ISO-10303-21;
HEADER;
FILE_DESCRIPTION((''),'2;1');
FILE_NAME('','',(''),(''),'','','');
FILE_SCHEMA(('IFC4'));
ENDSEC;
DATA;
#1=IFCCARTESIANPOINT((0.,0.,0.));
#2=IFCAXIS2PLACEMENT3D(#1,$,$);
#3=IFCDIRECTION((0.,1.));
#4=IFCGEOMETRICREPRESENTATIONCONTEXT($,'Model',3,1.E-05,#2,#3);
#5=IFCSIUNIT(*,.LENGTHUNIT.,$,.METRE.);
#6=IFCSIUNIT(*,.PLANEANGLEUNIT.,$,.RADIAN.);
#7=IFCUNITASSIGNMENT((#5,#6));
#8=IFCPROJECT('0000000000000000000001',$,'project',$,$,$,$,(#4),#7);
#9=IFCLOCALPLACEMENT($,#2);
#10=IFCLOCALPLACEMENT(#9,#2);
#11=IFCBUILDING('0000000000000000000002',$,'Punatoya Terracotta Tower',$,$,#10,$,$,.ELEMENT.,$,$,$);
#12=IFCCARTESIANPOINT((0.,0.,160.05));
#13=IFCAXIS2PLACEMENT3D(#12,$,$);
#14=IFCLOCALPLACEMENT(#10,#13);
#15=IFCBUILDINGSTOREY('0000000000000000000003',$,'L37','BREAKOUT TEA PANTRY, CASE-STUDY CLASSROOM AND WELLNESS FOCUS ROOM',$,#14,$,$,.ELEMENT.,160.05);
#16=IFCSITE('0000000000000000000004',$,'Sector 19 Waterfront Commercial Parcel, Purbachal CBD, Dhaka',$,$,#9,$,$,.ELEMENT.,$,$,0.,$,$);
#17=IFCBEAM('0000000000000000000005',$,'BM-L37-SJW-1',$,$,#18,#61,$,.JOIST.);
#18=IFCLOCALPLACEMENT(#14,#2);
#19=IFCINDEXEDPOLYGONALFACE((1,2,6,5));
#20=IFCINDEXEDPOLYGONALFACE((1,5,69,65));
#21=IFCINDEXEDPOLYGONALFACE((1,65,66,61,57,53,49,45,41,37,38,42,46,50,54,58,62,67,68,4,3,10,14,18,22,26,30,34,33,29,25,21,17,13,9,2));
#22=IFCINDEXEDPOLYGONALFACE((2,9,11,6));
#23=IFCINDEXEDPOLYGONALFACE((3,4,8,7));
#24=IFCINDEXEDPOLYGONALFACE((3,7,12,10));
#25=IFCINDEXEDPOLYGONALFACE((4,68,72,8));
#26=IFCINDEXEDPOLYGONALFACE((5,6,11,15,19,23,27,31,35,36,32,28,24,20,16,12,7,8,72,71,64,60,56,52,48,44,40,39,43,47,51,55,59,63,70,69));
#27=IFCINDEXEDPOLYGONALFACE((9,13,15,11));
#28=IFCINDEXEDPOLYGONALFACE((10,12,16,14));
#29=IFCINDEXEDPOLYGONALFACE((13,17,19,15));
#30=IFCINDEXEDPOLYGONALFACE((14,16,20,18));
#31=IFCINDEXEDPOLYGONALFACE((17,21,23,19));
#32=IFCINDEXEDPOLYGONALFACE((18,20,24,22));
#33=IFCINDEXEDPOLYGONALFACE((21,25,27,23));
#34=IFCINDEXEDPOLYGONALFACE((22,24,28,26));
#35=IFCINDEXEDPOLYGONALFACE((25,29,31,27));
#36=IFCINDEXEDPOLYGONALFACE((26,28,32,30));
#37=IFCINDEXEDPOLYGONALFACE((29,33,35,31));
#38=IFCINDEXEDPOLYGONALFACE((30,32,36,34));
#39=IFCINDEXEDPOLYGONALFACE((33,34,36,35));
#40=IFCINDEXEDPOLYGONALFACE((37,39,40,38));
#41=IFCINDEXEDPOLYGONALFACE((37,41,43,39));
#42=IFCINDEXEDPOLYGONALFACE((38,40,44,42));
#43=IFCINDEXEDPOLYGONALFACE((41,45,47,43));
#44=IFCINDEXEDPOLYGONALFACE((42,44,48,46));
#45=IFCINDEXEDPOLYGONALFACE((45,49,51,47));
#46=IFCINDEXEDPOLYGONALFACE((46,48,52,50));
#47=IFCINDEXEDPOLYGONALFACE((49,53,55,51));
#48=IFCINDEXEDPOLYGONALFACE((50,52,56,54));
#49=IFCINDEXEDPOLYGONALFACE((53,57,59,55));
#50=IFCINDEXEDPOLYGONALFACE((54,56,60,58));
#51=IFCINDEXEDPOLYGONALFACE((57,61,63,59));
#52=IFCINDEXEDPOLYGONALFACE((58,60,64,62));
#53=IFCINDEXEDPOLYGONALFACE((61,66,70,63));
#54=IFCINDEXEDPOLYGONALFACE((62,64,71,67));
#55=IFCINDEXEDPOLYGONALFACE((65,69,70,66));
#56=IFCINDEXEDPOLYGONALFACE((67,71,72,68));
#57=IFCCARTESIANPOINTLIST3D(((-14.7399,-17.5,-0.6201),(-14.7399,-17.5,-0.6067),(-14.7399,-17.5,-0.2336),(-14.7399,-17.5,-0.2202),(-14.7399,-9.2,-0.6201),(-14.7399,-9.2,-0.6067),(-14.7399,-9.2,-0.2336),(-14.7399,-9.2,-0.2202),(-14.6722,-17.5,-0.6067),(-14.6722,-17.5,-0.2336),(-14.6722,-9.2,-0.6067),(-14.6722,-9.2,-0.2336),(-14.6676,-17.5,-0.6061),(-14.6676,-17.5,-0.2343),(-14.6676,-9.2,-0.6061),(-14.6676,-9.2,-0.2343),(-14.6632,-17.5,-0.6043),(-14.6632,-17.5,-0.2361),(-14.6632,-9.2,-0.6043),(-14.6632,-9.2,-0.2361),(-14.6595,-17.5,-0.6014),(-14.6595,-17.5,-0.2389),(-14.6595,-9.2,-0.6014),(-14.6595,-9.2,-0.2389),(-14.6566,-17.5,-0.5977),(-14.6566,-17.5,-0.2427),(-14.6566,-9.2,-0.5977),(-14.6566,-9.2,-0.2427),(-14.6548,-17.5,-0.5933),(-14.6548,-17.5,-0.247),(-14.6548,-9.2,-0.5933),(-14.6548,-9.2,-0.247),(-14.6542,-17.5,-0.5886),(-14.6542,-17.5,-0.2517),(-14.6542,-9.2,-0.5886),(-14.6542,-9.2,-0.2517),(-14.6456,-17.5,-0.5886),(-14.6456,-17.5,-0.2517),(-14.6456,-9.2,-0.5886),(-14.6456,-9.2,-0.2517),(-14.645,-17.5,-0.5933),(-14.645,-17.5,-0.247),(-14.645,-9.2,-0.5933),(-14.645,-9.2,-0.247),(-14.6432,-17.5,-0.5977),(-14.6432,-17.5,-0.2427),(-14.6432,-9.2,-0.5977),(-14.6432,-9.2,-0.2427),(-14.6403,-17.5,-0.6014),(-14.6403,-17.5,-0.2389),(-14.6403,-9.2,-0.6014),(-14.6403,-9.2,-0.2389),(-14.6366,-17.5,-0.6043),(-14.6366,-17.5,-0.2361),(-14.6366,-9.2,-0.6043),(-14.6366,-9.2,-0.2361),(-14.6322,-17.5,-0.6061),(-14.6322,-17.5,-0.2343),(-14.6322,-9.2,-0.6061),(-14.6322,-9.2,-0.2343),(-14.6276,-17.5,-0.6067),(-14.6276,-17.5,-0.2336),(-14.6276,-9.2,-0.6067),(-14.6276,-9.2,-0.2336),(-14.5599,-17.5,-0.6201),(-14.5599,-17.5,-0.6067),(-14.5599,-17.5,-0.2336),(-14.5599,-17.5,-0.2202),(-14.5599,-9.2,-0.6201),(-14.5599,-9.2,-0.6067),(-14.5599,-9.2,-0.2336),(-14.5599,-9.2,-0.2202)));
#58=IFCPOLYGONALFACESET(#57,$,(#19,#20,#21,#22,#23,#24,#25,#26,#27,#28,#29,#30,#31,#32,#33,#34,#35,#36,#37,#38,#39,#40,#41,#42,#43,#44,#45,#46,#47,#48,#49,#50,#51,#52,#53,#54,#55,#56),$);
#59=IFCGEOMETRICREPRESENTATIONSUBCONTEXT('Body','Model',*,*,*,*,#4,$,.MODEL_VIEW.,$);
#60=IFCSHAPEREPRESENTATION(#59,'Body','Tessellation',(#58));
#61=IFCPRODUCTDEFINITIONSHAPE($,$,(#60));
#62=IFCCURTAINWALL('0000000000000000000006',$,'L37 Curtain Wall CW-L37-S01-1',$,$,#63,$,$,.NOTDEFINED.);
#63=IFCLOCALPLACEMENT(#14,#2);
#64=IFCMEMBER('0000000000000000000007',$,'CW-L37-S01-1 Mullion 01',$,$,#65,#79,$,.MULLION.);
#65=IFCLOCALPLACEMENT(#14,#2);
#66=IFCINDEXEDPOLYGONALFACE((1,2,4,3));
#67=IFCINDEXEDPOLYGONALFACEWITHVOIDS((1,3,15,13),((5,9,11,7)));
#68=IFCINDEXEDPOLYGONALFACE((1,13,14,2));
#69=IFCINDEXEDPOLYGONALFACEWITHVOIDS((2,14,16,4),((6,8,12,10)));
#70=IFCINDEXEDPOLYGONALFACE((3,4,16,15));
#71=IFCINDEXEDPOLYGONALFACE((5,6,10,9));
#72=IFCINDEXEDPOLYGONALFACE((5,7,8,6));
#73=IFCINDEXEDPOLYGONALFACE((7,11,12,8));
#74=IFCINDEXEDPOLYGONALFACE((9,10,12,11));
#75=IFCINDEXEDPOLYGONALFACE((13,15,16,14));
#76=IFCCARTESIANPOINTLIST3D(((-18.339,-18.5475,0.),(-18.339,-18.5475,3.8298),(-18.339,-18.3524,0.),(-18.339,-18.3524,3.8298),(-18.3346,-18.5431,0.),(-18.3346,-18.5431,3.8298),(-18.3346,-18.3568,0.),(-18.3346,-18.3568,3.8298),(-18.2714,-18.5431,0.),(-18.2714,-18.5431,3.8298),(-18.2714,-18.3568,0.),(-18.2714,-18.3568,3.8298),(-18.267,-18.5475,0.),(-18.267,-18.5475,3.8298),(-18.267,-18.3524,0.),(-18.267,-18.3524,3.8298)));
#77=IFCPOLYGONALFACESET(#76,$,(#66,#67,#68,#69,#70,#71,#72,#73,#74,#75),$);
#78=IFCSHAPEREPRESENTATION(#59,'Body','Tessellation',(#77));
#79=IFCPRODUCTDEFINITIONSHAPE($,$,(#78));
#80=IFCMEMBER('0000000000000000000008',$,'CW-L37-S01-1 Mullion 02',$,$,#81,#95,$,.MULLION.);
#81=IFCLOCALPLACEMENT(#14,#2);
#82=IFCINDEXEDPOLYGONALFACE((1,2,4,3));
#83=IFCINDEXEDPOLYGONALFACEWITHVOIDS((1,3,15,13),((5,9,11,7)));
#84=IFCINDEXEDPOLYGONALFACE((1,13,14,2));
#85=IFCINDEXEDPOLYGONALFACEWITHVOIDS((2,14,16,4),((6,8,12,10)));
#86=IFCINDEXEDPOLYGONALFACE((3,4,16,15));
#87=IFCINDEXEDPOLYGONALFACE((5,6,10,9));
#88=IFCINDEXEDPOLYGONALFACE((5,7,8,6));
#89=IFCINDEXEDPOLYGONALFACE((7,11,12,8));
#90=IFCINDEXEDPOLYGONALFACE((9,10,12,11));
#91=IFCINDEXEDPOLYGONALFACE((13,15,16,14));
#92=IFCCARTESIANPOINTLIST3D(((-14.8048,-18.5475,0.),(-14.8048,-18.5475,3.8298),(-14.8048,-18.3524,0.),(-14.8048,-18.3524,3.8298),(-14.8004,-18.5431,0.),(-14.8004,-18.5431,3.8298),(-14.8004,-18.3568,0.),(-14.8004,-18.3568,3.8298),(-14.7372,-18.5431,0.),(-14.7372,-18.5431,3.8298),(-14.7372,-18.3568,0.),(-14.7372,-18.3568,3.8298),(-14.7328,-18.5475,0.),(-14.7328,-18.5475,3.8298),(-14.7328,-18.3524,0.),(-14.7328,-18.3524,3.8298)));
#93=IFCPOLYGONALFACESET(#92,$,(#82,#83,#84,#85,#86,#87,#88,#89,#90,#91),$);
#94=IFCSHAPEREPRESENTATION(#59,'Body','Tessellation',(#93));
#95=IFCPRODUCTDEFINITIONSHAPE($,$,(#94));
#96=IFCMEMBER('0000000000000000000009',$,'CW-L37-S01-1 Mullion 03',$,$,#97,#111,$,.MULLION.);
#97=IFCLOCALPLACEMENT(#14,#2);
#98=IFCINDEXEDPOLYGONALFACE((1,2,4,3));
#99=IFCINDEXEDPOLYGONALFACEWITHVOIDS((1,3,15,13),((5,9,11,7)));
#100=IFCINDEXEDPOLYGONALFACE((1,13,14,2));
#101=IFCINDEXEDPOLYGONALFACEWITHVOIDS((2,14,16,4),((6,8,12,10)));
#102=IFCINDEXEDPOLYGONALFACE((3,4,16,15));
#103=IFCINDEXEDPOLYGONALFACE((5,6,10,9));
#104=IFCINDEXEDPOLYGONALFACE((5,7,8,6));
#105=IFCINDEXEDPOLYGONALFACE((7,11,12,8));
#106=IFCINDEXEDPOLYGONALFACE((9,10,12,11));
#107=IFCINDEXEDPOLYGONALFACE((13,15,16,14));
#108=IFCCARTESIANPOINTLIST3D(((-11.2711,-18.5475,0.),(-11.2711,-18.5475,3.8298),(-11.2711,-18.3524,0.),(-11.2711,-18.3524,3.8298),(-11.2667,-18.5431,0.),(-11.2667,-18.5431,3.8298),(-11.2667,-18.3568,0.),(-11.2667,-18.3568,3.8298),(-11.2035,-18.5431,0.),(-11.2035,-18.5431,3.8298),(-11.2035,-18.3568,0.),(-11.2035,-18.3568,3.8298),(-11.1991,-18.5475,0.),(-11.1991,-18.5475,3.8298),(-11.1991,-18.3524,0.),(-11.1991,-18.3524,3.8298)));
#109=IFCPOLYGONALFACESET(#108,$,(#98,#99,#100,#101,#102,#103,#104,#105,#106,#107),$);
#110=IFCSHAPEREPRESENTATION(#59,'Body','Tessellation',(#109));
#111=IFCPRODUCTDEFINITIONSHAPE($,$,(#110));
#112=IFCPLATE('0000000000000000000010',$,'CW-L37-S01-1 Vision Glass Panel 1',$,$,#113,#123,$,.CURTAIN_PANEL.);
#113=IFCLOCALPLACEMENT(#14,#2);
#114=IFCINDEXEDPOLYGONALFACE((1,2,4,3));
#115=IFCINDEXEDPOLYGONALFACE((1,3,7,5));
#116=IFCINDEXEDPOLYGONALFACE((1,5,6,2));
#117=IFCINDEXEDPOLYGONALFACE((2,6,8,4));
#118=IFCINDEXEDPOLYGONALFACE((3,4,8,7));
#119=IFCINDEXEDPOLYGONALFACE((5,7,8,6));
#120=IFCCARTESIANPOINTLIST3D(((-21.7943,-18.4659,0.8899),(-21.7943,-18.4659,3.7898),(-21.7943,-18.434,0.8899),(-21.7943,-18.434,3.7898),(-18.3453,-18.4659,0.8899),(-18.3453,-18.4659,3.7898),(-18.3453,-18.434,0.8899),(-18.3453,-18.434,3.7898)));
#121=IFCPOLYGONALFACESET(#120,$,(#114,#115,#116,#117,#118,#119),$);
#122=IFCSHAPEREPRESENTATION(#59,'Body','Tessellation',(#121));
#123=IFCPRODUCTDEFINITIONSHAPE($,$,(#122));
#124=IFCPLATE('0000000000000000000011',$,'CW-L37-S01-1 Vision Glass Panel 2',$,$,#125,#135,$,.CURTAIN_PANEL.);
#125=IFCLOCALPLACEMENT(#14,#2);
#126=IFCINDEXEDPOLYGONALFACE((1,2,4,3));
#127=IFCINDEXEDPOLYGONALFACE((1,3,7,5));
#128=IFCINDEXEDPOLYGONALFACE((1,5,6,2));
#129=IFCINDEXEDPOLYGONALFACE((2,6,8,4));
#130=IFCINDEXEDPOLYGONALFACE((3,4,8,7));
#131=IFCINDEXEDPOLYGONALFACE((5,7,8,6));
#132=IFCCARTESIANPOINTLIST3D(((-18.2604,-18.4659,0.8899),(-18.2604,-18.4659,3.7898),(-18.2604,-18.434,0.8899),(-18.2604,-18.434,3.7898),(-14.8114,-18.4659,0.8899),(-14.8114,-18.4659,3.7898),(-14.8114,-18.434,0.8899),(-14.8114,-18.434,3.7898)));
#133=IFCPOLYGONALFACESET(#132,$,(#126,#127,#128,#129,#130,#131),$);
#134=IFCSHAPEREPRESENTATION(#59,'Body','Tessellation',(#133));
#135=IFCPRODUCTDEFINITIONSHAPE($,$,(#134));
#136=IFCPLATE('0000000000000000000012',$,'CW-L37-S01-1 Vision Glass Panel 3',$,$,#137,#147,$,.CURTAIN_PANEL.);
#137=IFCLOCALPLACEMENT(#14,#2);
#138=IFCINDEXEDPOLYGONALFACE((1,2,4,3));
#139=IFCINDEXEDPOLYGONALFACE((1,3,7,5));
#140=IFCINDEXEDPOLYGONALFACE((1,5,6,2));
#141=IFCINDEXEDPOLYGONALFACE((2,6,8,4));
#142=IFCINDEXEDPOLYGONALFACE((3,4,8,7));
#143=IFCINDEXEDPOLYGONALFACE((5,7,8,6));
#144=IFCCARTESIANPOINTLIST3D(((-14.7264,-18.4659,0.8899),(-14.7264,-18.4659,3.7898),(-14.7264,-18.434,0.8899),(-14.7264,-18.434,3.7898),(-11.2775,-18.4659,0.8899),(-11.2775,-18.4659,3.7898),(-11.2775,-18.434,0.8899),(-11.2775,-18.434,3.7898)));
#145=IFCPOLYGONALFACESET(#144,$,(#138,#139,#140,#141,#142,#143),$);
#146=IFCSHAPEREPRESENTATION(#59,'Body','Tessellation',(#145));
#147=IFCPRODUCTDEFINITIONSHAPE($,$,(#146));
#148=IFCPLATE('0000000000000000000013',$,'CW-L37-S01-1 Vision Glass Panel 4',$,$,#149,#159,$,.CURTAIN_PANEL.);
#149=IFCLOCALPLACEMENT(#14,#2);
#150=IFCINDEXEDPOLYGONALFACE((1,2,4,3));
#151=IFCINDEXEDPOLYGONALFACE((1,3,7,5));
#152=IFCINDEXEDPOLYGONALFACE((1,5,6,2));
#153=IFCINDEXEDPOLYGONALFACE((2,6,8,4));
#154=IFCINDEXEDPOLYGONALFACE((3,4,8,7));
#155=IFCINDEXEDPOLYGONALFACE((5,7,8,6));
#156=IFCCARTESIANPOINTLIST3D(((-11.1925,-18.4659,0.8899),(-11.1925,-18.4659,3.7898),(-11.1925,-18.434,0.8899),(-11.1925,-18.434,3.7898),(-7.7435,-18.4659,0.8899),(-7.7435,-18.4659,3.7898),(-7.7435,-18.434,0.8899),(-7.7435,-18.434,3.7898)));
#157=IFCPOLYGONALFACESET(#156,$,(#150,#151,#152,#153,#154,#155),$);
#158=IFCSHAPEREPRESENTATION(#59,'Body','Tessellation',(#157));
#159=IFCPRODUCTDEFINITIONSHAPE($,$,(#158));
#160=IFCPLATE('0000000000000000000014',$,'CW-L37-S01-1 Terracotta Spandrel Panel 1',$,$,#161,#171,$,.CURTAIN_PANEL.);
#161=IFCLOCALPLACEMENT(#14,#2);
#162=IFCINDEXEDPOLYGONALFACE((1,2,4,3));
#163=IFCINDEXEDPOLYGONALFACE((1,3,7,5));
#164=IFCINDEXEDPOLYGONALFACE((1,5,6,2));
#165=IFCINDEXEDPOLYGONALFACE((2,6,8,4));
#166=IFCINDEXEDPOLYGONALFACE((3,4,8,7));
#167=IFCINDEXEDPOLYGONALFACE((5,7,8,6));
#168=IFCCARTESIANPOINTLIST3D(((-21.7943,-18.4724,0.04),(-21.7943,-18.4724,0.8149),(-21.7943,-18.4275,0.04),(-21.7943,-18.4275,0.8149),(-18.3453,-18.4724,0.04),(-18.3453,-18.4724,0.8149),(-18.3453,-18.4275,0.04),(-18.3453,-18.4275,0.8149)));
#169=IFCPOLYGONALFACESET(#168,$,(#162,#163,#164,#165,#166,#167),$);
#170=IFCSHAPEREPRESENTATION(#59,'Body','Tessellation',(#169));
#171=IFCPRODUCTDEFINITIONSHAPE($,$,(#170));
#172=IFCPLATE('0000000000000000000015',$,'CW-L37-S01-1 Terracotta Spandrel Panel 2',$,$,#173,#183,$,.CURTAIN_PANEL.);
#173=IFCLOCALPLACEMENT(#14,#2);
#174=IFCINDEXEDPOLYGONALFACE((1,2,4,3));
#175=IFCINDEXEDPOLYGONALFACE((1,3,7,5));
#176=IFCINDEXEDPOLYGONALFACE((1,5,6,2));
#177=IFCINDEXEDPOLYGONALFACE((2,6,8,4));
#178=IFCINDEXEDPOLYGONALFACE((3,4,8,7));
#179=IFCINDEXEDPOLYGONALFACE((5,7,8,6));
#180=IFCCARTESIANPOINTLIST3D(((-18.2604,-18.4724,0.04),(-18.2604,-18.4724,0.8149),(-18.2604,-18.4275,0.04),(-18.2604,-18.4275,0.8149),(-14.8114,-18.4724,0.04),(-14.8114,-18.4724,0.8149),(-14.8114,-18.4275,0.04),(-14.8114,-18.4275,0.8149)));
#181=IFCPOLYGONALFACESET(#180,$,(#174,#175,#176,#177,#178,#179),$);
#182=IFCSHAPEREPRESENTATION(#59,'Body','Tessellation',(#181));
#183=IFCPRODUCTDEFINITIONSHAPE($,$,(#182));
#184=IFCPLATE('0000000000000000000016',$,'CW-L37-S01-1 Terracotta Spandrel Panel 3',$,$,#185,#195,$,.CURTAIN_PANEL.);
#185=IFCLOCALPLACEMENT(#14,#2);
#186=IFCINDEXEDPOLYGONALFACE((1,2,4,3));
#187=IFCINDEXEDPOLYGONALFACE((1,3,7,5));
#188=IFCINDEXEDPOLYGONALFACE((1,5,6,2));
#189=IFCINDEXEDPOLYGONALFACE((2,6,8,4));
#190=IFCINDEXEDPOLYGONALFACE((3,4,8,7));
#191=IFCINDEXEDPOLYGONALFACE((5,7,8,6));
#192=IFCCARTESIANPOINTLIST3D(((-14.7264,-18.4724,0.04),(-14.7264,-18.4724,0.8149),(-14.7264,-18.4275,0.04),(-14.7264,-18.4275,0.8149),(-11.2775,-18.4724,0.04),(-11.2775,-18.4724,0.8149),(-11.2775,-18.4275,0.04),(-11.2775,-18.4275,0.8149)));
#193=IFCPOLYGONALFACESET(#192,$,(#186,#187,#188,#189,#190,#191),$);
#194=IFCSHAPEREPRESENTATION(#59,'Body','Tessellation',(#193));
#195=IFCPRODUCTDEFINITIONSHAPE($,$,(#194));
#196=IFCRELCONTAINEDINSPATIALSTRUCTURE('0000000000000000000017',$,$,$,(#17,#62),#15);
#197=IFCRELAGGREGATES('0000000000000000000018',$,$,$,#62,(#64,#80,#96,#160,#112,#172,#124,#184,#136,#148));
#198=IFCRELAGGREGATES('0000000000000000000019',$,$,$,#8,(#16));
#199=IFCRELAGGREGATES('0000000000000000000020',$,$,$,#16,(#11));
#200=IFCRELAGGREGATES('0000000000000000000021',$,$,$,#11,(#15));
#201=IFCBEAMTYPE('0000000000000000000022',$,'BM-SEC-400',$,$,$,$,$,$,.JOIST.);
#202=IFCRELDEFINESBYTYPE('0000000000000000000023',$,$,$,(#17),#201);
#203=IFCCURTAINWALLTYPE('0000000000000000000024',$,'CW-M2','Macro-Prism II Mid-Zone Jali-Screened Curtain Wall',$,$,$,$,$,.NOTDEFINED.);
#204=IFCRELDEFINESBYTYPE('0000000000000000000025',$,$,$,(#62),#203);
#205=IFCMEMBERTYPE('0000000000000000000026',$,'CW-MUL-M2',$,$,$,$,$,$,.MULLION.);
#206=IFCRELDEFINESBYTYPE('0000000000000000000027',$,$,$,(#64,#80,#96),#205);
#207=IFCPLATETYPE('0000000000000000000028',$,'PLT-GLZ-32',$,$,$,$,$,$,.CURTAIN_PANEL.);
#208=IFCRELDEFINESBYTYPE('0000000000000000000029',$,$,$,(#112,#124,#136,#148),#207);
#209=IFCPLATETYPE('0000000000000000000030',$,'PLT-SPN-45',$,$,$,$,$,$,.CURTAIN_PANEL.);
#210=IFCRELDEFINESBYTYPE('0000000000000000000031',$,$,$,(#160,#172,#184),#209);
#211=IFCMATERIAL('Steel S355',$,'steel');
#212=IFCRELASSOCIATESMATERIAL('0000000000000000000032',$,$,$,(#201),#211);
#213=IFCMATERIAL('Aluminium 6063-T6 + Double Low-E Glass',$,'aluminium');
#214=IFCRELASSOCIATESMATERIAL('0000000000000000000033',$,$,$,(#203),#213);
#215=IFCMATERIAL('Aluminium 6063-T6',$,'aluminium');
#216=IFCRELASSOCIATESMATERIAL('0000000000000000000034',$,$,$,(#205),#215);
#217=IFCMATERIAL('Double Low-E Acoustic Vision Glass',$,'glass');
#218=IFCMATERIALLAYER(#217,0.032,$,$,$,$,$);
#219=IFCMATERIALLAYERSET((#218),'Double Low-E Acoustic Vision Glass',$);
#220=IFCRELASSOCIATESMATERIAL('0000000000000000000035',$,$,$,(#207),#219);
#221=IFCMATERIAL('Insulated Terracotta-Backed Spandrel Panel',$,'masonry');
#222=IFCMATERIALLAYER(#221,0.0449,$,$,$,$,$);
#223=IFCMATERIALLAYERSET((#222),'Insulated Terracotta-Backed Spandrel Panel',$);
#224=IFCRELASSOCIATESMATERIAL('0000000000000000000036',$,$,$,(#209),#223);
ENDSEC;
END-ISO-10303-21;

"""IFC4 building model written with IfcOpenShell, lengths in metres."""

from ifc_helpers import new_model, si_unit, direction, frame, origin, origin_2d, place, context, subcontext, project, spatial, rectangle, hollow_rectangle, i_section, extrude, material, layer, layer_set, material_profile, profile_set, type_object, element, aggregate, save


model = new_model("IFC4")

# Units and contexts
model_context = context("Model", 3, precision=1e-05, world=origin(), true_north=direction((0.0, 1.0)))
body_context = subcontext(model_context, "Body", "Model", "MODEL_VIEW")
ifc_project = project(units=[si_unit("LENGTHUNIT", "METRE"), si_unit("PLANEANGLEUNIT", "RADIAN")], contexts=[model_context])

# Site, building, storey
site_placement = place(None, origin())
site = spatial("IfcSite", under=ifc_project, at=site_placement, Name="Sector 19 Waterfront Commercial Parcel, Purbachal CBD, Dhaka", CompositionType="ELEMENT", RefElevation=0.0)
building_placement = place(site_placement, origin())
building = spatial("IfcBuilding", under=site, at=building_placement, Name="Punatoya Terracotta Tower", CompositionType="ELEMENT")
storey_placement = place(building_placement, frame((0.0, 0.0, 160.05)))
storey = spatial("IfcBuildingStorey", under=building, at=storey_placement, Name="L37", Description="BREAKOUT TEA PANTRY, CASE-STUDY CLASSROOM AND WELLNESS FOCUS ROOM", CompositionType="ELEMENT", Elevation=160.05)

# Beam
ifc_material_1 = material(Name="Steel S355", Category="steel")
ifc_material_profile_1 = material_profile(ifc_material_1, i_section(OverallWidth=0.1799, OverallDepth=0.3999, WebThickness=0.0085, FlangeThickness=0.0134, FilletRadius=0.0181, at=origin_2d()))
ifc_profile_set_1 = profile_set([ifc_material_profile_1], Name="Steel S355")
beam_type_1 = type_object("IfcBeamType", Name="BM-SEC-400", PredefinedType="JOIST", material=ifc_profile_set_1)
beam_1_placement = place(storey_placement, frame((-14.6499, -17.5, -0.4202), z_axis=(0.0, 1.0, 0.0), x_axis=(-1.0, 0.0, 0.0)))
element("IfcBeam", 1, at=beam_1_placement, inside=storey, type_object=beam_type_1, Name="BM-L37-SJW-1", PredefinedType="JOIST", context=body_context, shape_type="SweptSolid", body=[
    extrude(i_section(OverallWidth=0.1799, OverallDepth=0.3999, WebThickness=0.0085, FlangeThickness=0.0134, FilletRadius=0.0181, at=origin_2d()), origin(), (0.0, 0.0, 1.0), 8.3),
])

# Curtain wall, members, plates
ifc_material_2 = material(Name="Aluminium 6063-T6 + Double Low-E Glass", Category="aluminium")
curtain_wall_type = type_object("IfcCurtainWallType", Name="CW-M2", Description="Macro-Prism II Mid-Zone Jali-Screened Curtain Wall", PredefinedType="NOTDEFINED", material=ifc_material_2)
curtain_wall_placement = place(storey_placement, origin())
curtain_wall = element("IfcCurtainWall", 2, at=curtain_wall_placement, inside=storey, type_object=curtain_wall_type, Name="L37 Curtain Wall CW-L37-S01-1", PredefinedType="NOTDEFINED")
ifc_material_3 = material(Name="Aluminium 6063-T6", Category="aluminium")
ifc_material_profile_2 = material_profile(ifc_material_3, hollow_rectangle(XDim=0.072, YDim=0.1951, WallThickness=0.0044, at=origin_2d()))
ifc_profile_set_2 = profile_set([ifc_material_profile_2], Name="Aluminium 6063-T6")
member_type = type_object("IfcMemberType", Name="CW-MUL-M2", PredefinedType="MULLION", material=ifc_profile_set_2)
member_1_placement = place(storey_placement, frame((-18.303, -18.45, 0.0), z_axis=(0.0, 0.0, 1.0), x_axis=(1.0, 0.0, 0.0)))
member_1 = element("IfcMember", 3, at=member_1_placement, type_object=member_type, Name="CW-L37-S01-1 Mullion 01", PredefinedType="MULLION", context=body_context, shape_type="SweptSolid", body=[
    extrude(hollow_rectangle(XDim=0.072, YDim=0.1951, WallThickness=0.0044, at=origin_2d()), origin(), (0.0, 0.0, 1.0), 3.8298),
])
member_2_placement = place(storey_placement, frame((-14.7688, -18.45, 0.0), z_axis=(0.0, 0.0, 1.0), x_axis=(1.0, 0.0, 0.0)))
member_2 = element("IfcMember", 4, at=member_2_placement, type_object=member_type, Name="CW-L37-S01-1 Mullion 02", PredefinedType="MULLION", context=body_context, shape_type="SweptSolid", body=[
    extrude(hollow_rectangle(XDim=0.072, YDim=0.1951, WallThickness=0.0044, at=origin_2d()), origin(), (0.0, 0.0, 1.0), 3.8298),
])
member_3_placement = place(storey_placement, frame((-11.2351, -18.45, 0.0), z_axis=(0.0, 0.0, 1.0), x_axis=(1.0, 0.0, 0.0)))
member_3 = element("IfcMember", 5, at=member_3_placement, type_object=member_type, Name="CW-L37-S01-1 Mullion 03", PredefinedType="MULLION", context=body_context, shape_type="SweptSolid", body=[
    extrude(hollow_rectangle(XDim=0.072, YDim=0.1951, WallThickness=0.0044, at=origin_2d()), origin(), (0.0, 0.0, 1.0), 3.8298),
])
ifc_material_4 = material(Name="Double Low-E Acoustic Vision Glass", Category="glass")
ifc_layer_1 = layer(ifc_material_4, 0.032)
ifc_layer_set_1 = layer_set([ifc_layer_1], Name="Double Low-E Acoustic Vision Glass")
plate_type_1 = type_object("IfcPlateType", Name="PLT-GLZ-32", PredefinedType="CURTAIN_PANEL", material=ifc_layer_set_1)
plate_1_placement = place(storey_placement, frame((-20.0698, -18.45, 0.8899), z_axis=(0.0, 0.0, 1.0), x_axis=(1.0, 0.0, 0.0)))
plate_1 = element("IfcPlate", 6, at=plate_1_placement, type_object=plate_type_1, Name="CW-L37-S01-1 Vision Glass Panel 1", PredefinedType="CURTAIN_PANEL", context=body_context, shape_type="SweptSolid", body=[
    extrude(rectangle(XDim=3.449, YDim=0.032, at=origin_2d()), origin(), (0.0, 0.0, 1.0), 2.8999),
])
plate_2_placement = place(storey_placement, frame((-16.5359, -18.45, 0.8899), z_axis=(0.0, 0.0, 1.0), x_axis=(1.0, 0.0, 0.0)))
plate_2 = element("IfcPlate", 7, at=plate_2_placement, type_object=plate_type_1, Name="CW-L37-S01-1 Vision Glass Panel 2", PredefinedType="CURTAIN_PANEL", context=body_context, shape_type="SweptSolid", body=[
    extrude(rectangle(XDim=3.449, YDim=0.032, at=origin_2d()), origin(), (0.0, 0.0, 1.0), 2.8999),
])
plate_3_placement = place(storey_placement, frame((-13.002, -18.45, 0.8899), z_axis=(0.0, 0.0, 1.0), x_axis=(1.0, 0.0, 0.0)))
plate_3 = element("IfcPlate", 8, at=plate_3_placement, type_object=plate_type_1, Name="CW-L37-S01-1 Vision Glass Panel 3", PredefinedType="CURTAIN_PANEL", context=body_context, shape_type="SweptSolid", body=[
    extrude(rectangle(XDim=3.449, YDim=0.032, at=origin_2d()), origin(), (0.0, 0.0, 1.0), 2.8999),
])
plate_4_placement = place(storey_placement, frame((-9.468, -18.45, 0.8899), z_axis=(0.0, 0.0, 1.0), x_axis=(1.0, 0.0, 0.0)))
plate_4 = element("IfcPlate", 9, at=plate_4_placement, type_object=plate_type_1, Name="CW-L37-S01-1 Vision Glass Panel 4", PredefinedType="CURTAIN_PANEL", context=body_context, shape_type="SweptSolid", body=[
    extrude(rectangle(XDim=3.449, YDim=0.032, at=origin_2d()), origin(), (0.0, 0.0, 1.0), 2.8999),
])
ifc_material_5 = material(Name="Insulated Terracotta-Backed Spandrel Panel", Category="masonry")
ifc_layer_2 = layer(ifc_material_5, 0.0449)
ifc_layer_set_2 = layer_set([ifc_layer_2], Name="Insulated Terracotta-Backed Spandrel Panel")
plate_type_2 = type_object("IfcPlateType", Name="PLT-SPN-45", PredefinedType="CURTAIN_PANEL", material=ifc_layer_set_2)
plate_5_placement = place(storey_placement, frame((-20.0698, -18.45, 0.04), z_axis=(0.0, 0.0, 1.0), x_axis=(1.0, 0.0, 0.0)))
plate_5 = element("IfcPlate", 10, at=plate_5_placement, type_object=plate_type_2, Name="CW-L37-S01-1 Terracotta Spandrel Panel 1", PredefinedType="CURTAIN_PANEL", context=body_context, shape_type="SweptSolid", body=[
    extrude(rectangle(XDim=3.449, YDim=0.0449, at=origin_2d()), origin(), (0.0, 0.0, 1.0), 0.7749),
])
plate_6_placement = place(storey_placement, frame((-16.5359, -18.45, 0.04), z_axis=(0.0, 0.0, 1.0), x_axis=(1.0, 0.0, 0.0)))
plate_6 = element("IfcPlate", 11, at=plate_6_placement, type_object=plate_type_2, Name="CW-L37-S01-1 Terracotta Spandrel Panel 2", PredefinedType="CURTAIN_PANEL", context=body_context, shape_type="SweptSolid", body=[
    extrude(rectangle(XDim=3.449, YDim=0.0449, at=origin_2d()), origin(), (0.0, 0.0, 1.0), 0.7749),
])
plate_7_placement = place(storey_placement, frame((-13.002, -18.45, 0.04), z_axis=(0.0, 0.0, 1.0), x_axis=(1.0, 0.0, 0.0)))
plate_7 = element("IfcPlate", 12, at=plate_7_placement, type_object=plate_type_2, Name="CW-L37-S01-1 Terracotta Spandrel Panel 3", PredefinedType="CURTAIN_PANEL", context=body_context, shape_type="SweptSolid", body=[
    extrude(rectangle(XDim=3.449, YDim=0.0449, at=origin_2d()), origin(), (0.0, 0.0, 1.0), 0.7749),
])
aggregate(curtain_wall, [member_1, member_2, member_3, plate_5, plate_1, plate_6, plate_2, plate_7, plate_3, plate_4])

save(model, "model.ifc")
